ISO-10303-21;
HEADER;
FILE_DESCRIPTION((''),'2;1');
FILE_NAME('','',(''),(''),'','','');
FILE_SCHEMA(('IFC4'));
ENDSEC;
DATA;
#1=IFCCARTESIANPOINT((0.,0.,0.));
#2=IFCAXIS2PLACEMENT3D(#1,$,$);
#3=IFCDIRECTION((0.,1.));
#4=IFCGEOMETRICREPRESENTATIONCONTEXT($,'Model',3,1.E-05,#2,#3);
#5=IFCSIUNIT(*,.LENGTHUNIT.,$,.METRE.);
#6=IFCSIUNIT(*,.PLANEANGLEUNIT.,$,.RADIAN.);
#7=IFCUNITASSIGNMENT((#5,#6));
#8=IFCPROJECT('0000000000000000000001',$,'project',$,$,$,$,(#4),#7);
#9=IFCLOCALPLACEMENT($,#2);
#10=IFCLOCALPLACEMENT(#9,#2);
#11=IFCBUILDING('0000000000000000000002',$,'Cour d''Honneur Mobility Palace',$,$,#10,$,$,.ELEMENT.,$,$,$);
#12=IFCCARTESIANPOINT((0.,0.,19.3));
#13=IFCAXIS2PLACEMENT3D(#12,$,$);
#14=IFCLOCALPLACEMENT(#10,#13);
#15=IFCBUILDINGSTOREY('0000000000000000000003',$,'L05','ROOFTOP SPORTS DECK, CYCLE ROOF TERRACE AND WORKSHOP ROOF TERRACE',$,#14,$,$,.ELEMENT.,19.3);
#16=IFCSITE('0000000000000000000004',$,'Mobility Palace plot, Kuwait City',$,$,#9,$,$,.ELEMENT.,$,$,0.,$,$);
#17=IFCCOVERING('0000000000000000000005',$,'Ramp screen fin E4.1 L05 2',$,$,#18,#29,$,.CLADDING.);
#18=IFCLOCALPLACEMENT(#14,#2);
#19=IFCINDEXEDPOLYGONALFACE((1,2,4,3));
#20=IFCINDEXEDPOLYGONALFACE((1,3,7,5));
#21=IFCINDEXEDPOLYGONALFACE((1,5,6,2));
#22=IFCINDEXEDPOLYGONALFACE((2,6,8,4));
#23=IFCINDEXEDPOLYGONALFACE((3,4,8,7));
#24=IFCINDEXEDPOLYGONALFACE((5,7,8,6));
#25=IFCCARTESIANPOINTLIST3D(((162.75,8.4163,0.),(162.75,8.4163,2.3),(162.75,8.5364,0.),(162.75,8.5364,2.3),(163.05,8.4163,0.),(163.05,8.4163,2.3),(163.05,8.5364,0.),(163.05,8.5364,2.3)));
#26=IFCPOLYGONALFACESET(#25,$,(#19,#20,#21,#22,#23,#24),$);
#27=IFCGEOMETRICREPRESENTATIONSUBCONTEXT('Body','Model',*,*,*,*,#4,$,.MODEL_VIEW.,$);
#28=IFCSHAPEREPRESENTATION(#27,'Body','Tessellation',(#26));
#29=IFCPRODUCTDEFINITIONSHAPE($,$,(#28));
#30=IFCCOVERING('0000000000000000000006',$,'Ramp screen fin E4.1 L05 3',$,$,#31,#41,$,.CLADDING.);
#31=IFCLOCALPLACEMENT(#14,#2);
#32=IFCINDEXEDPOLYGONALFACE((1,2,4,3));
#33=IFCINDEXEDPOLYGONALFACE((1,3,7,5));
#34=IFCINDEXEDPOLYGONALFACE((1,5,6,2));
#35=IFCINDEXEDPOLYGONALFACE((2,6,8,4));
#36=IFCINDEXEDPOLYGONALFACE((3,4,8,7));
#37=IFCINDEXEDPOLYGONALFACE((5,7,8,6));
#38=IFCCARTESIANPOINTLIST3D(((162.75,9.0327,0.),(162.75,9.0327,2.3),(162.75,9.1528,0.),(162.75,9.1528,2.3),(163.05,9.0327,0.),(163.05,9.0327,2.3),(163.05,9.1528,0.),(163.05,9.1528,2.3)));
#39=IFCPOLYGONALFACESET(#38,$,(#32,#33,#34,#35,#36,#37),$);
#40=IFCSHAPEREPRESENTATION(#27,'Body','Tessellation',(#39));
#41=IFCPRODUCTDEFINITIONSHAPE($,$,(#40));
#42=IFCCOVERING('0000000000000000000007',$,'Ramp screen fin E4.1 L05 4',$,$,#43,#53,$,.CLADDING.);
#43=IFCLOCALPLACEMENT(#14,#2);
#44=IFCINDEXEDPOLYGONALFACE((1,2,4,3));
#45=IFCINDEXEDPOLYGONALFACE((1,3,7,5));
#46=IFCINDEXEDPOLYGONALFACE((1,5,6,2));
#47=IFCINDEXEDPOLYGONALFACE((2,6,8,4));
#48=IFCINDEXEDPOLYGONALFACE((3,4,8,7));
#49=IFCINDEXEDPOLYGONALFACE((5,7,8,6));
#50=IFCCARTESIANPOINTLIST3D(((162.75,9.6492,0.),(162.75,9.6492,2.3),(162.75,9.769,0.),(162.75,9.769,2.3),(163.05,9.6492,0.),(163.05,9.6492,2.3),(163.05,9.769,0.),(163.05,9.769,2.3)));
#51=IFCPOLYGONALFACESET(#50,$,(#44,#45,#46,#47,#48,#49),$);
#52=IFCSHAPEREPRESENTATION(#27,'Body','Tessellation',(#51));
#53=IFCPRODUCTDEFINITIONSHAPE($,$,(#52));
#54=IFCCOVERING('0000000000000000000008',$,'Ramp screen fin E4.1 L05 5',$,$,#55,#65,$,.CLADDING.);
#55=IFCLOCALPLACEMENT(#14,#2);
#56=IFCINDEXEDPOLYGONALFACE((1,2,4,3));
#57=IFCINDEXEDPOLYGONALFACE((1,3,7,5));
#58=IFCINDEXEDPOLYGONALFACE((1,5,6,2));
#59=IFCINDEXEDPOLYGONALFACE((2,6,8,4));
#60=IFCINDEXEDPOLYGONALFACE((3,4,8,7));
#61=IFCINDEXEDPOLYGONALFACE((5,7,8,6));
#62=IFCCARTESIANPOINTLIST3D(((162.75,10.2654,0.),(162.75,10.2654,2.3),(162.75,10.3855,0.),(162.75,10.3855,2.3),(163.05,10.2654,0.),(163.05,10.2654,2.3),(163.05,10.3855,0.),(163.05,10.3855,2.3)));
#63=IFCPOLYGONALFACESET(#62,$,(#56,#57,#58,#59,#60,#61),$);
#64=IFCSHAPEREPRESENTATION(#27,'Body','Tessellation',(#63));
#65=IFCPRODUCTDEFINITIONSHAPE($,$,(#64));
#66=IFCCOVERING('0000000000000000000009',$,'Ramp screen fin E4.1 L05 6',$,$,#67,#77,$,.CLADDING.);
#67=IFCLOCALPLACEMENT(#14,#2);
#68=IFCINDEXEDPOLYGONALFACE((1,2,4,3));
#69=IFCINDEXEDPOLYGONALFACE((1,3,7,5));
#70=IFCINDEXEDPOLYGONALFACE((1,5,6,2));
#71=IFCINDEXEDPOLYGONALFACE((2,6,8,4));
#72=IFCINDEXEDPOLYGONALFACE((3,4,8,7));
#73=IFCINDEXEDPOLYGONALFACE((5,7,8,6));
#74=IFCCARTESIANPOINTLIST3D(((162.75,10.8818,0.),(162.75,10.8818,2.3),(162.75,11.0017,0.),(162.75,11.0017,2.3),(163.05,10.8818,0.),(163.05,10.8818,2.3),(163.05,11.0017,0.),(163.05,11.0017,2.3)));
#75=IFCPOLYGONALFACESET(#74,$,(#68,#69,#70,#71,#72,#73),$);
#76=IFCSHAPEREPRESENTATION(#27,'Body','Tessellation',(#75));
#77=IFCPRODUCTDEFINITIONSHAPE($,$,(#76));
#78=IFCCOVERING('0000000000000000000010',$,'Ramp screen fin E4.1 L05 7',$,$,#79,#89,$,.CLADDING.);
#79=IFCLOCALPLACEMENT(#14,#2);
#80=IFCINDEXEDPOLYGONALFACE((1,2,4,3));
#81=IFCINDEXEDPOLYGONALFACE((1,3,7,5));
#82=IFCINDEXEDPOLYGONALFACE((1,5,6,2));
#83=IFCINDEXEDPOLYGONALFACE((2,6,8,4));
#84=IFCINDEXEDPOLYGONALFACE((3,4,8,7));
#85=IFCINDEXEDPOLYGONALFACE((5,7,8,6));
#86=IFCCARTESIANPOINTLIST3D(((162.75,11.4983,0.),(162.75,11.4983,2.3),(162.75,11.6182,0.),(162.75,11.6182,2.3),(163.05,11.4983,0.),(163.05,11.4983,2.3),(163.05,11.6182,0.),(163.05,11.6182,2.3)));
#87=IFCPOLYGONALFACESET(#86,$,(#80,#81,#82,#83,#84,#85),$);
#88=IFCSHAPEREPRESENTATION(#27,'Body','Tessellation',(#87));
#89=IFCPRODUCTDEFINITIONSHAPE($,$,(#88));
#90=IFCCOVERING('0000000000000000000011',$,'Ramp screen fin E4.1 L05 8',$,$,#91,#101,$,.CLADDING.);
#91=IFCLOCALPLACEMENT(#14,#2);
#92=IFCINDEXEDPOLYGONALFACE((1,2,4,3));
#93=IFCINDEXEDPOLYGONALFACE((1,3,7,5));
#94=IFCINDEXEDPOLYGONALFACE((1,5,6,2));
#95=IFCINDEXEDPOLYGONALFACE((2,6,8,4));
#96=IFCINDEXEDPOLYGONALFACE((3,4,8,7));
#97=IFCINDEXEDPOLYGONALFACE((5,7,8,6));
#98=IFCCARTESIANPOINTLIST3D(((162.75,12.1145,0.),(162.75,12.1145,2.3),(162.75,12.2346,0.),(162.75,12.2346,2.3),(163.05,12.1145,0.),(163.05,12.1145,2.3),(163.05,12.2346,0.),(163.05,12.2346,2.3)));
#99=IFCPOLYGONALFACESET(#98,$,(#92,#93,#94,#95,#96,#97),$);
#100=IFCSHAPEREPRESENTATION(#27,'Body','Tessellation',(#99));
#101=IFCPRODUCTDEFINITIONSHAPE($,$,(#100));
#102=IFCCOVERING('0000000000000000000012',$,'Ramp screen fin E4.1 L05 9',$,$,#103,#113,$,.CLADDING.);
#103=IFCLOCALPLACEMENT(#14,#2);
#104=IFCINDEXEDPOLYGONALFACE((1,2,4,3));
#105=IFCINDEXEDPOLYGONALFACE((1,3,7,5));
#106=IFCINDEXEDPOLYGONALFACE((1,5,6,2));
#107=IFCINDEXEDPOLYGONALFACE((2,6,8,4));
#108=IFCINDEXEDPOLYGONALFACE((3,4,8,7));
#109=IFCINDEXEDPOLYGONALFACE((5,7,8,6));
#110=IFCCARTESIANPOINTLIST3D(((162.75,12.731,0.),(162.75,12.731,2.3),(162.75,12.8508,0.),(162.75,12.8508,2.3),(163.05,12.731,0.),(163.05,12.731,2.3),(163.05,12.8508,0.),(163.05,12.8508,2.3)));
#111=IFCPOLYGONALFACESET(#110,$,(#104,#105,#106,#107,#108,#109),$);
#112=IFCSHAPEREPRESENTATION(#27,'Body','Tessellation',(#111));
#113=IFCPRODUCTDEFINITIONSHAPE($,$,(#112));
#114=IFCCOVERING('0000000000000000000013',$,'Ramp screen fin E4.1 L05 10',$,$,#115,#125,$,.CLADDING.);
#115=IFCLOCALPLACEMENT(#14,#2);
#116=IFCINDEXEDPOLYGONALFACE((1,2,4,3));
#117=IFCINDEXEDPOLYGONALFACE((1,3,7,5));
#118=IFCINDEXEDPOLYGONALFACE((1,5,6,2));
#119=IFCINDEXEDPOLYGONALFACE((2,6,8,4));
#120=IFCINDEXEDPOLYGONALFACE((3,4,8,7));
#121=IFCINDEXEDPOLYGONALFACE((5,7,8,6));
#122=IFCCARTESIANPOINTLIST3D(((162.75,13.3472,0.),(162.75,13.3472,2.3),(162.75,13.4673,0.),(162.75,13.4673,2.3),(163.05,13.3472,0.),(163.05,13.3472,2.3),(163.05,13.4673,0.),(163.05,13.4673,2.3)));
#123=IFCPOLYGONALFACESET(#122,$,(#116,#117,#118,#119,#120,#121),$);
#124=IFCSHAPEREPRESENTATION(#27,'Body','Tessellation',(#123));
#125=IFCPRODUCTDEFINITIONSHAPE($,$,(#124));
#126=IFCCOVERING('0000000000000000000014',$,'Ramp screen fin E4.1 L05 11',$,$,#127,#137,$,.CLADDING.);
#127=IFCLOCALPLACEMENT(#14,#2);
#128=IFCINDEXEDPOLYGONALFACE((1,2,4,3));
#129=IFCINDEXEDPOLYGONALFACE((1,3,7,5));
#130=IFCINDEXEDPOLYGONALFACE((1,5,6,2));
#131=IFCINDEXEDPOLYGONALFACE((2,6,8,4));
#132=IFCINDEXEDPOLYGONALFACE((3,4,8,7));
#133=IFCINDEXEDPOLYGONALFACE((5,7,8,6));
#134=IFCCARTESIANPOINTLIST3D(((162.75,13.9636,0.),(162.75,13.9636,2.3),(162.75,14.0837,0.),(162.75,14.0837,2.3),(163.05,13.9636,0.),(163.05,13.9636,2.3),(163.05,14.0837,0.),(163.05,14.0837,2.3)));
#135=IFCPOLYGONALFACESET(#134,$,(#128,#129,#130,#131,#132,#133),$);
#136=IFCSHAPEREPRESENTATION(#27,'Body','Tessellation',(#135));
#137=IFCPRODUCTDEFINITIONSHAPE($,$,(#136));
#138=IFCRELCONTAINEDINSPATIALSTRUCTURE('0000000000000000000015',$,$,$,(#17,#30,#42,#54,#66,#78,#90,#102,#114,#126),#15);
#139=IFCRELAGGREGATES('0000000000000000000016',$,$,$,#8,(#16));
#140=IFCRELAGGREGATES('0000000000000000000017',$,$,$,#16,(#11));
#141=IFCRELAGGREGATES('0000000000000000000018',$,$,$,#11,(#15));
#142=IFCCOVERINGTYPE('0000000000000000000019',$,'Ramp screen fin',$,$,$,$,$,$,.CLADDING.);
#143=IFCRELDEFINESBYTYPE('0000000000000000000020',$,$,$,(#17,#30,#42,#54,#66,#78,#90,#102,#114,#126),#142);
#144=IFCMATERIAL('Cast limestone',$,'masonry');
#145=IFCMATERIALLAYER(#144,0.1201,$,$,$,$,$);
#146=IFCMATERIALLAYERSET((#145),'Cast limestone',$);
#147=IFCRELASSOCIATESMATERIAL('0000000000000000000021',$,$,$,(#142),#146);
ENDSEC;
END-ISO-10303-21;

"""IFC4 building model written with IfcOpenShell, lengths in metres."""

from ifc_helpers import new_model, si_unit, direction, frame, origin, place, context, subcontext, project, spatial, polyline, outline, extrude, material, layer, layer_set, type_object, element, save


model = new_model("IFC4")

# Units and contexts
model_context = context("Model", 3, precision=1e-05, world=origin(), true_north=direction((0.0, 1.0)))
body_context = subcontext(model_context, "Body", "Model", "MODEL_VIEW")
ifc_project = project(units=[si_unit("LENGTHUNIT", "METRE"), si_unit("PLANEANGLEUNIT", "RADIAN")], contexts=[model_context])

# Site, building, storey
site_placement = place(None, origin())
site = spatial("IfcSite", under=ifc_project, at=site_placement, Name="Mobility Palace plot, Kuwait City", CompositionType="ELEMENT", RefElevation=0.0)
building_placement = place(site_placement, origin())
building = spatial("IfcBuilding", under=site, at=building_placement, Name="Cour d'Honneur Mobility Palace", CompositionType="ELEMENT")
storey_placement = place(building_placement, frame((0.0, 0.0, 19.3)))
storey = spatial("IfcBuildingStorey", under=building, at=storey_placement, Name="L05", Description="ROOFTOP SPORTS DECK, CYCLE ROOF TERRACE AND WORKSHOP ROOF TERRACE", CompositionType="ELEMENT", Elevation=19.3)

# Coverings
ifc_material_1 = material(Name="Cast limestone", Category="masonry")
ifc_layer = layer(ifc_material_1, 0.1201)
ifc_layer_set = layer_set([ifc_layer], Name="Cast limestone")
covering_type = type_object("IfcCoveringType", Name="Ramp screen fin", PredefinedType="CLADDING", material=ifc_layer_set)
covering_1_placement = place(storey_placement, origin())
element("IfcCovering", 1, at=covering_1_placement, inside=storey, type_object=covering_type, Name="Ramp screen fin E4.1 L05 2", PredefinedType="CLADDING", context=body_context, shape_type="SweptSolid", body=[
    extrude(outline(polyline([(162.75, 8.4163), (162.75, 8.5364), (163.05, 8.5364), (163.05, 8.4163), (162.75, 8.4163)])), origin(), (0.0, 0.0, 1.0), 2.3),
])
covering_2_placement = place(storey_placement, origin())
element("IfcCovering", 2, at=covering_2_placement, inside=storey, type_object=covering_type, Name="Ramp screen fin E4.1 L05 3", PredefinedType="CLADDING", context=body_context, shape_type="SweptSolid", body=[
    extrude(outline(polyline([(162.75, 9.0327), (162.75, 9.1528), (163.05, 9.1528), (163.05, 9.0327), (162.75, 9.0327)])), origin(), (0.0, 0.0, 1.0), 2.3),
])
covering_3_placement = place(storey_placement, origin())
element("IfcCovering", 3, at=covering_3_placement, inside=storey, type_object=covering_type, Name="Ramp screen fin E4.1 L05 4", PredefinedType="CLADDING", context=body_context, shape_type="SweptSolid", body=[
    extrude(outline(polyline([(162.75, 9.6492), (162.75, 9.769), (163.05, 9.769), (163.05, 9.6492), (162.75, 9.6492)])), origin(), (0.0, 0.0, 1.0), 2.3),
])
covering_4_placement = place(storey_placement, origin())
element("IfcCovering", 4, at=covering_4_placement, inside=storey, type_object=covering_type, Name="Ramp screen fin E4.1 L05 5", PredefinedType="CLADDING", context=body_context, shape_type="SweptSolid", body=[
    extrude(outline(polyline([(162.75, 10.2654), (162.75, 10.3855), (163.05, 10.3855), (163.05, 10.2654), (162.75, 10.2654)])), origin(), (0.0, 0.0, 1.0), 2.3),
])
covering_5_placement = place(storey_placement, origin())
element("IfcCovering", 5, at=covering_5_placement, inside=storey, type_object=covering_type, Name="Ramp screen fin E4.1 L05 6", PredefinedType="CLADDING", context=body_context, shape_type="SweptSolid", body=[
    extrude(outline(polyline([(162.75, 10.8818), (162.75, 11.0017), (163.05, 11.0017), (163.05, 10.8818), (162.75, 10.8818)])), origin(), (0.0, 0.0, 1.0), 2.3),
])
covering_6_placement = place(storey_placement, origin())
element("IfcCovering", 6, at=covering_6_placement, inside=storey, type_object=covering_type, Name="Ramp screen fin E4.1 L05 7", PredefinedType="CLADDING", context=body_context, shape_type="SweptSolid", body=[
    extrude(outline(polyline([(162.75, 11.4983), (162.75, 11.6182), (163.05, 11.6182), (163.05, 11.4983), (162.75, 11.4983)])), origin(), (0.0, 0.0, 1.0), 2.3),
])
covering_7_placement = place(storey_placement, origin())
element("IfcCovering", 7, at=covering_7_placement, inside=storey, type_object=covering_type, Name="Ramp screen fin E4.1 L05 8", PredefinedType="CLADDING", context=body_context, shape_type="SweptSolid", body=[
    extrude(outline(polyline([(162.75, 12.1145), (162.75, 12.2346), (163.05, 12.2346), (163.05, 12.1145), (162.75, 12.1145)])), origin(), (0.0, 0.0, 1.0), 2.3),
])
covering_8_placement = place(storey_placement, origin())
element("IfcCovering", 8, at=covering_8_placement, inside=storey, type_object=covering_type, Name="Ramp screen fin E4.1 L05 9", PredefinedType="CLADDING", context=body_context, shape_type="SweptSolid", body=[
    extrude(outline(polyline([(162.75, 12.731), (162.75, 12.8508), (163.05, 12.8508), (163.05, 12.731), (162.75, 12.731)])), origin(), (0.0, 0.0, 1.0), 2.3),
])
covering_9_placement = place(storey_placement, origin())
element("IfcCovering", 9, at=covering_9_placement, inside=storey, type_object=covering_type, Name="Ramp screen fin E4.1 L05 10", PredefinedType="CLADDING", context=body_context, shape_type="SweptSolid", body=[
    extrude(outline(polyline([(162.75, 13.3472), (162.75, 13.4673), (163.05, 13.4673), (163.05, 13.3472), (162.75, 13.3472)])), origin(), (0.0, 0.0, 1.0), 2.3),
])
covering_10_placement = place(storey_placement, origin())
element("IfcCovering", 10, at=covering_10_placement, inside=storey, type_object=covering_type, Name="Ramp screen fin E4.1 L05 11", PredefinedType="CLADDING", context=body_context, shape_type="SweptSolid", body=[
    extrude(outline(polyline([(162.75, 13.9636), (162.75, 14.0837), (163.05, 14.0837), (163.05, 13.9636), (162.75, 13.9636)])), origin(), (0.0, 0.0, 1.0), 2.3),
])

save(model, "model.ifc")
